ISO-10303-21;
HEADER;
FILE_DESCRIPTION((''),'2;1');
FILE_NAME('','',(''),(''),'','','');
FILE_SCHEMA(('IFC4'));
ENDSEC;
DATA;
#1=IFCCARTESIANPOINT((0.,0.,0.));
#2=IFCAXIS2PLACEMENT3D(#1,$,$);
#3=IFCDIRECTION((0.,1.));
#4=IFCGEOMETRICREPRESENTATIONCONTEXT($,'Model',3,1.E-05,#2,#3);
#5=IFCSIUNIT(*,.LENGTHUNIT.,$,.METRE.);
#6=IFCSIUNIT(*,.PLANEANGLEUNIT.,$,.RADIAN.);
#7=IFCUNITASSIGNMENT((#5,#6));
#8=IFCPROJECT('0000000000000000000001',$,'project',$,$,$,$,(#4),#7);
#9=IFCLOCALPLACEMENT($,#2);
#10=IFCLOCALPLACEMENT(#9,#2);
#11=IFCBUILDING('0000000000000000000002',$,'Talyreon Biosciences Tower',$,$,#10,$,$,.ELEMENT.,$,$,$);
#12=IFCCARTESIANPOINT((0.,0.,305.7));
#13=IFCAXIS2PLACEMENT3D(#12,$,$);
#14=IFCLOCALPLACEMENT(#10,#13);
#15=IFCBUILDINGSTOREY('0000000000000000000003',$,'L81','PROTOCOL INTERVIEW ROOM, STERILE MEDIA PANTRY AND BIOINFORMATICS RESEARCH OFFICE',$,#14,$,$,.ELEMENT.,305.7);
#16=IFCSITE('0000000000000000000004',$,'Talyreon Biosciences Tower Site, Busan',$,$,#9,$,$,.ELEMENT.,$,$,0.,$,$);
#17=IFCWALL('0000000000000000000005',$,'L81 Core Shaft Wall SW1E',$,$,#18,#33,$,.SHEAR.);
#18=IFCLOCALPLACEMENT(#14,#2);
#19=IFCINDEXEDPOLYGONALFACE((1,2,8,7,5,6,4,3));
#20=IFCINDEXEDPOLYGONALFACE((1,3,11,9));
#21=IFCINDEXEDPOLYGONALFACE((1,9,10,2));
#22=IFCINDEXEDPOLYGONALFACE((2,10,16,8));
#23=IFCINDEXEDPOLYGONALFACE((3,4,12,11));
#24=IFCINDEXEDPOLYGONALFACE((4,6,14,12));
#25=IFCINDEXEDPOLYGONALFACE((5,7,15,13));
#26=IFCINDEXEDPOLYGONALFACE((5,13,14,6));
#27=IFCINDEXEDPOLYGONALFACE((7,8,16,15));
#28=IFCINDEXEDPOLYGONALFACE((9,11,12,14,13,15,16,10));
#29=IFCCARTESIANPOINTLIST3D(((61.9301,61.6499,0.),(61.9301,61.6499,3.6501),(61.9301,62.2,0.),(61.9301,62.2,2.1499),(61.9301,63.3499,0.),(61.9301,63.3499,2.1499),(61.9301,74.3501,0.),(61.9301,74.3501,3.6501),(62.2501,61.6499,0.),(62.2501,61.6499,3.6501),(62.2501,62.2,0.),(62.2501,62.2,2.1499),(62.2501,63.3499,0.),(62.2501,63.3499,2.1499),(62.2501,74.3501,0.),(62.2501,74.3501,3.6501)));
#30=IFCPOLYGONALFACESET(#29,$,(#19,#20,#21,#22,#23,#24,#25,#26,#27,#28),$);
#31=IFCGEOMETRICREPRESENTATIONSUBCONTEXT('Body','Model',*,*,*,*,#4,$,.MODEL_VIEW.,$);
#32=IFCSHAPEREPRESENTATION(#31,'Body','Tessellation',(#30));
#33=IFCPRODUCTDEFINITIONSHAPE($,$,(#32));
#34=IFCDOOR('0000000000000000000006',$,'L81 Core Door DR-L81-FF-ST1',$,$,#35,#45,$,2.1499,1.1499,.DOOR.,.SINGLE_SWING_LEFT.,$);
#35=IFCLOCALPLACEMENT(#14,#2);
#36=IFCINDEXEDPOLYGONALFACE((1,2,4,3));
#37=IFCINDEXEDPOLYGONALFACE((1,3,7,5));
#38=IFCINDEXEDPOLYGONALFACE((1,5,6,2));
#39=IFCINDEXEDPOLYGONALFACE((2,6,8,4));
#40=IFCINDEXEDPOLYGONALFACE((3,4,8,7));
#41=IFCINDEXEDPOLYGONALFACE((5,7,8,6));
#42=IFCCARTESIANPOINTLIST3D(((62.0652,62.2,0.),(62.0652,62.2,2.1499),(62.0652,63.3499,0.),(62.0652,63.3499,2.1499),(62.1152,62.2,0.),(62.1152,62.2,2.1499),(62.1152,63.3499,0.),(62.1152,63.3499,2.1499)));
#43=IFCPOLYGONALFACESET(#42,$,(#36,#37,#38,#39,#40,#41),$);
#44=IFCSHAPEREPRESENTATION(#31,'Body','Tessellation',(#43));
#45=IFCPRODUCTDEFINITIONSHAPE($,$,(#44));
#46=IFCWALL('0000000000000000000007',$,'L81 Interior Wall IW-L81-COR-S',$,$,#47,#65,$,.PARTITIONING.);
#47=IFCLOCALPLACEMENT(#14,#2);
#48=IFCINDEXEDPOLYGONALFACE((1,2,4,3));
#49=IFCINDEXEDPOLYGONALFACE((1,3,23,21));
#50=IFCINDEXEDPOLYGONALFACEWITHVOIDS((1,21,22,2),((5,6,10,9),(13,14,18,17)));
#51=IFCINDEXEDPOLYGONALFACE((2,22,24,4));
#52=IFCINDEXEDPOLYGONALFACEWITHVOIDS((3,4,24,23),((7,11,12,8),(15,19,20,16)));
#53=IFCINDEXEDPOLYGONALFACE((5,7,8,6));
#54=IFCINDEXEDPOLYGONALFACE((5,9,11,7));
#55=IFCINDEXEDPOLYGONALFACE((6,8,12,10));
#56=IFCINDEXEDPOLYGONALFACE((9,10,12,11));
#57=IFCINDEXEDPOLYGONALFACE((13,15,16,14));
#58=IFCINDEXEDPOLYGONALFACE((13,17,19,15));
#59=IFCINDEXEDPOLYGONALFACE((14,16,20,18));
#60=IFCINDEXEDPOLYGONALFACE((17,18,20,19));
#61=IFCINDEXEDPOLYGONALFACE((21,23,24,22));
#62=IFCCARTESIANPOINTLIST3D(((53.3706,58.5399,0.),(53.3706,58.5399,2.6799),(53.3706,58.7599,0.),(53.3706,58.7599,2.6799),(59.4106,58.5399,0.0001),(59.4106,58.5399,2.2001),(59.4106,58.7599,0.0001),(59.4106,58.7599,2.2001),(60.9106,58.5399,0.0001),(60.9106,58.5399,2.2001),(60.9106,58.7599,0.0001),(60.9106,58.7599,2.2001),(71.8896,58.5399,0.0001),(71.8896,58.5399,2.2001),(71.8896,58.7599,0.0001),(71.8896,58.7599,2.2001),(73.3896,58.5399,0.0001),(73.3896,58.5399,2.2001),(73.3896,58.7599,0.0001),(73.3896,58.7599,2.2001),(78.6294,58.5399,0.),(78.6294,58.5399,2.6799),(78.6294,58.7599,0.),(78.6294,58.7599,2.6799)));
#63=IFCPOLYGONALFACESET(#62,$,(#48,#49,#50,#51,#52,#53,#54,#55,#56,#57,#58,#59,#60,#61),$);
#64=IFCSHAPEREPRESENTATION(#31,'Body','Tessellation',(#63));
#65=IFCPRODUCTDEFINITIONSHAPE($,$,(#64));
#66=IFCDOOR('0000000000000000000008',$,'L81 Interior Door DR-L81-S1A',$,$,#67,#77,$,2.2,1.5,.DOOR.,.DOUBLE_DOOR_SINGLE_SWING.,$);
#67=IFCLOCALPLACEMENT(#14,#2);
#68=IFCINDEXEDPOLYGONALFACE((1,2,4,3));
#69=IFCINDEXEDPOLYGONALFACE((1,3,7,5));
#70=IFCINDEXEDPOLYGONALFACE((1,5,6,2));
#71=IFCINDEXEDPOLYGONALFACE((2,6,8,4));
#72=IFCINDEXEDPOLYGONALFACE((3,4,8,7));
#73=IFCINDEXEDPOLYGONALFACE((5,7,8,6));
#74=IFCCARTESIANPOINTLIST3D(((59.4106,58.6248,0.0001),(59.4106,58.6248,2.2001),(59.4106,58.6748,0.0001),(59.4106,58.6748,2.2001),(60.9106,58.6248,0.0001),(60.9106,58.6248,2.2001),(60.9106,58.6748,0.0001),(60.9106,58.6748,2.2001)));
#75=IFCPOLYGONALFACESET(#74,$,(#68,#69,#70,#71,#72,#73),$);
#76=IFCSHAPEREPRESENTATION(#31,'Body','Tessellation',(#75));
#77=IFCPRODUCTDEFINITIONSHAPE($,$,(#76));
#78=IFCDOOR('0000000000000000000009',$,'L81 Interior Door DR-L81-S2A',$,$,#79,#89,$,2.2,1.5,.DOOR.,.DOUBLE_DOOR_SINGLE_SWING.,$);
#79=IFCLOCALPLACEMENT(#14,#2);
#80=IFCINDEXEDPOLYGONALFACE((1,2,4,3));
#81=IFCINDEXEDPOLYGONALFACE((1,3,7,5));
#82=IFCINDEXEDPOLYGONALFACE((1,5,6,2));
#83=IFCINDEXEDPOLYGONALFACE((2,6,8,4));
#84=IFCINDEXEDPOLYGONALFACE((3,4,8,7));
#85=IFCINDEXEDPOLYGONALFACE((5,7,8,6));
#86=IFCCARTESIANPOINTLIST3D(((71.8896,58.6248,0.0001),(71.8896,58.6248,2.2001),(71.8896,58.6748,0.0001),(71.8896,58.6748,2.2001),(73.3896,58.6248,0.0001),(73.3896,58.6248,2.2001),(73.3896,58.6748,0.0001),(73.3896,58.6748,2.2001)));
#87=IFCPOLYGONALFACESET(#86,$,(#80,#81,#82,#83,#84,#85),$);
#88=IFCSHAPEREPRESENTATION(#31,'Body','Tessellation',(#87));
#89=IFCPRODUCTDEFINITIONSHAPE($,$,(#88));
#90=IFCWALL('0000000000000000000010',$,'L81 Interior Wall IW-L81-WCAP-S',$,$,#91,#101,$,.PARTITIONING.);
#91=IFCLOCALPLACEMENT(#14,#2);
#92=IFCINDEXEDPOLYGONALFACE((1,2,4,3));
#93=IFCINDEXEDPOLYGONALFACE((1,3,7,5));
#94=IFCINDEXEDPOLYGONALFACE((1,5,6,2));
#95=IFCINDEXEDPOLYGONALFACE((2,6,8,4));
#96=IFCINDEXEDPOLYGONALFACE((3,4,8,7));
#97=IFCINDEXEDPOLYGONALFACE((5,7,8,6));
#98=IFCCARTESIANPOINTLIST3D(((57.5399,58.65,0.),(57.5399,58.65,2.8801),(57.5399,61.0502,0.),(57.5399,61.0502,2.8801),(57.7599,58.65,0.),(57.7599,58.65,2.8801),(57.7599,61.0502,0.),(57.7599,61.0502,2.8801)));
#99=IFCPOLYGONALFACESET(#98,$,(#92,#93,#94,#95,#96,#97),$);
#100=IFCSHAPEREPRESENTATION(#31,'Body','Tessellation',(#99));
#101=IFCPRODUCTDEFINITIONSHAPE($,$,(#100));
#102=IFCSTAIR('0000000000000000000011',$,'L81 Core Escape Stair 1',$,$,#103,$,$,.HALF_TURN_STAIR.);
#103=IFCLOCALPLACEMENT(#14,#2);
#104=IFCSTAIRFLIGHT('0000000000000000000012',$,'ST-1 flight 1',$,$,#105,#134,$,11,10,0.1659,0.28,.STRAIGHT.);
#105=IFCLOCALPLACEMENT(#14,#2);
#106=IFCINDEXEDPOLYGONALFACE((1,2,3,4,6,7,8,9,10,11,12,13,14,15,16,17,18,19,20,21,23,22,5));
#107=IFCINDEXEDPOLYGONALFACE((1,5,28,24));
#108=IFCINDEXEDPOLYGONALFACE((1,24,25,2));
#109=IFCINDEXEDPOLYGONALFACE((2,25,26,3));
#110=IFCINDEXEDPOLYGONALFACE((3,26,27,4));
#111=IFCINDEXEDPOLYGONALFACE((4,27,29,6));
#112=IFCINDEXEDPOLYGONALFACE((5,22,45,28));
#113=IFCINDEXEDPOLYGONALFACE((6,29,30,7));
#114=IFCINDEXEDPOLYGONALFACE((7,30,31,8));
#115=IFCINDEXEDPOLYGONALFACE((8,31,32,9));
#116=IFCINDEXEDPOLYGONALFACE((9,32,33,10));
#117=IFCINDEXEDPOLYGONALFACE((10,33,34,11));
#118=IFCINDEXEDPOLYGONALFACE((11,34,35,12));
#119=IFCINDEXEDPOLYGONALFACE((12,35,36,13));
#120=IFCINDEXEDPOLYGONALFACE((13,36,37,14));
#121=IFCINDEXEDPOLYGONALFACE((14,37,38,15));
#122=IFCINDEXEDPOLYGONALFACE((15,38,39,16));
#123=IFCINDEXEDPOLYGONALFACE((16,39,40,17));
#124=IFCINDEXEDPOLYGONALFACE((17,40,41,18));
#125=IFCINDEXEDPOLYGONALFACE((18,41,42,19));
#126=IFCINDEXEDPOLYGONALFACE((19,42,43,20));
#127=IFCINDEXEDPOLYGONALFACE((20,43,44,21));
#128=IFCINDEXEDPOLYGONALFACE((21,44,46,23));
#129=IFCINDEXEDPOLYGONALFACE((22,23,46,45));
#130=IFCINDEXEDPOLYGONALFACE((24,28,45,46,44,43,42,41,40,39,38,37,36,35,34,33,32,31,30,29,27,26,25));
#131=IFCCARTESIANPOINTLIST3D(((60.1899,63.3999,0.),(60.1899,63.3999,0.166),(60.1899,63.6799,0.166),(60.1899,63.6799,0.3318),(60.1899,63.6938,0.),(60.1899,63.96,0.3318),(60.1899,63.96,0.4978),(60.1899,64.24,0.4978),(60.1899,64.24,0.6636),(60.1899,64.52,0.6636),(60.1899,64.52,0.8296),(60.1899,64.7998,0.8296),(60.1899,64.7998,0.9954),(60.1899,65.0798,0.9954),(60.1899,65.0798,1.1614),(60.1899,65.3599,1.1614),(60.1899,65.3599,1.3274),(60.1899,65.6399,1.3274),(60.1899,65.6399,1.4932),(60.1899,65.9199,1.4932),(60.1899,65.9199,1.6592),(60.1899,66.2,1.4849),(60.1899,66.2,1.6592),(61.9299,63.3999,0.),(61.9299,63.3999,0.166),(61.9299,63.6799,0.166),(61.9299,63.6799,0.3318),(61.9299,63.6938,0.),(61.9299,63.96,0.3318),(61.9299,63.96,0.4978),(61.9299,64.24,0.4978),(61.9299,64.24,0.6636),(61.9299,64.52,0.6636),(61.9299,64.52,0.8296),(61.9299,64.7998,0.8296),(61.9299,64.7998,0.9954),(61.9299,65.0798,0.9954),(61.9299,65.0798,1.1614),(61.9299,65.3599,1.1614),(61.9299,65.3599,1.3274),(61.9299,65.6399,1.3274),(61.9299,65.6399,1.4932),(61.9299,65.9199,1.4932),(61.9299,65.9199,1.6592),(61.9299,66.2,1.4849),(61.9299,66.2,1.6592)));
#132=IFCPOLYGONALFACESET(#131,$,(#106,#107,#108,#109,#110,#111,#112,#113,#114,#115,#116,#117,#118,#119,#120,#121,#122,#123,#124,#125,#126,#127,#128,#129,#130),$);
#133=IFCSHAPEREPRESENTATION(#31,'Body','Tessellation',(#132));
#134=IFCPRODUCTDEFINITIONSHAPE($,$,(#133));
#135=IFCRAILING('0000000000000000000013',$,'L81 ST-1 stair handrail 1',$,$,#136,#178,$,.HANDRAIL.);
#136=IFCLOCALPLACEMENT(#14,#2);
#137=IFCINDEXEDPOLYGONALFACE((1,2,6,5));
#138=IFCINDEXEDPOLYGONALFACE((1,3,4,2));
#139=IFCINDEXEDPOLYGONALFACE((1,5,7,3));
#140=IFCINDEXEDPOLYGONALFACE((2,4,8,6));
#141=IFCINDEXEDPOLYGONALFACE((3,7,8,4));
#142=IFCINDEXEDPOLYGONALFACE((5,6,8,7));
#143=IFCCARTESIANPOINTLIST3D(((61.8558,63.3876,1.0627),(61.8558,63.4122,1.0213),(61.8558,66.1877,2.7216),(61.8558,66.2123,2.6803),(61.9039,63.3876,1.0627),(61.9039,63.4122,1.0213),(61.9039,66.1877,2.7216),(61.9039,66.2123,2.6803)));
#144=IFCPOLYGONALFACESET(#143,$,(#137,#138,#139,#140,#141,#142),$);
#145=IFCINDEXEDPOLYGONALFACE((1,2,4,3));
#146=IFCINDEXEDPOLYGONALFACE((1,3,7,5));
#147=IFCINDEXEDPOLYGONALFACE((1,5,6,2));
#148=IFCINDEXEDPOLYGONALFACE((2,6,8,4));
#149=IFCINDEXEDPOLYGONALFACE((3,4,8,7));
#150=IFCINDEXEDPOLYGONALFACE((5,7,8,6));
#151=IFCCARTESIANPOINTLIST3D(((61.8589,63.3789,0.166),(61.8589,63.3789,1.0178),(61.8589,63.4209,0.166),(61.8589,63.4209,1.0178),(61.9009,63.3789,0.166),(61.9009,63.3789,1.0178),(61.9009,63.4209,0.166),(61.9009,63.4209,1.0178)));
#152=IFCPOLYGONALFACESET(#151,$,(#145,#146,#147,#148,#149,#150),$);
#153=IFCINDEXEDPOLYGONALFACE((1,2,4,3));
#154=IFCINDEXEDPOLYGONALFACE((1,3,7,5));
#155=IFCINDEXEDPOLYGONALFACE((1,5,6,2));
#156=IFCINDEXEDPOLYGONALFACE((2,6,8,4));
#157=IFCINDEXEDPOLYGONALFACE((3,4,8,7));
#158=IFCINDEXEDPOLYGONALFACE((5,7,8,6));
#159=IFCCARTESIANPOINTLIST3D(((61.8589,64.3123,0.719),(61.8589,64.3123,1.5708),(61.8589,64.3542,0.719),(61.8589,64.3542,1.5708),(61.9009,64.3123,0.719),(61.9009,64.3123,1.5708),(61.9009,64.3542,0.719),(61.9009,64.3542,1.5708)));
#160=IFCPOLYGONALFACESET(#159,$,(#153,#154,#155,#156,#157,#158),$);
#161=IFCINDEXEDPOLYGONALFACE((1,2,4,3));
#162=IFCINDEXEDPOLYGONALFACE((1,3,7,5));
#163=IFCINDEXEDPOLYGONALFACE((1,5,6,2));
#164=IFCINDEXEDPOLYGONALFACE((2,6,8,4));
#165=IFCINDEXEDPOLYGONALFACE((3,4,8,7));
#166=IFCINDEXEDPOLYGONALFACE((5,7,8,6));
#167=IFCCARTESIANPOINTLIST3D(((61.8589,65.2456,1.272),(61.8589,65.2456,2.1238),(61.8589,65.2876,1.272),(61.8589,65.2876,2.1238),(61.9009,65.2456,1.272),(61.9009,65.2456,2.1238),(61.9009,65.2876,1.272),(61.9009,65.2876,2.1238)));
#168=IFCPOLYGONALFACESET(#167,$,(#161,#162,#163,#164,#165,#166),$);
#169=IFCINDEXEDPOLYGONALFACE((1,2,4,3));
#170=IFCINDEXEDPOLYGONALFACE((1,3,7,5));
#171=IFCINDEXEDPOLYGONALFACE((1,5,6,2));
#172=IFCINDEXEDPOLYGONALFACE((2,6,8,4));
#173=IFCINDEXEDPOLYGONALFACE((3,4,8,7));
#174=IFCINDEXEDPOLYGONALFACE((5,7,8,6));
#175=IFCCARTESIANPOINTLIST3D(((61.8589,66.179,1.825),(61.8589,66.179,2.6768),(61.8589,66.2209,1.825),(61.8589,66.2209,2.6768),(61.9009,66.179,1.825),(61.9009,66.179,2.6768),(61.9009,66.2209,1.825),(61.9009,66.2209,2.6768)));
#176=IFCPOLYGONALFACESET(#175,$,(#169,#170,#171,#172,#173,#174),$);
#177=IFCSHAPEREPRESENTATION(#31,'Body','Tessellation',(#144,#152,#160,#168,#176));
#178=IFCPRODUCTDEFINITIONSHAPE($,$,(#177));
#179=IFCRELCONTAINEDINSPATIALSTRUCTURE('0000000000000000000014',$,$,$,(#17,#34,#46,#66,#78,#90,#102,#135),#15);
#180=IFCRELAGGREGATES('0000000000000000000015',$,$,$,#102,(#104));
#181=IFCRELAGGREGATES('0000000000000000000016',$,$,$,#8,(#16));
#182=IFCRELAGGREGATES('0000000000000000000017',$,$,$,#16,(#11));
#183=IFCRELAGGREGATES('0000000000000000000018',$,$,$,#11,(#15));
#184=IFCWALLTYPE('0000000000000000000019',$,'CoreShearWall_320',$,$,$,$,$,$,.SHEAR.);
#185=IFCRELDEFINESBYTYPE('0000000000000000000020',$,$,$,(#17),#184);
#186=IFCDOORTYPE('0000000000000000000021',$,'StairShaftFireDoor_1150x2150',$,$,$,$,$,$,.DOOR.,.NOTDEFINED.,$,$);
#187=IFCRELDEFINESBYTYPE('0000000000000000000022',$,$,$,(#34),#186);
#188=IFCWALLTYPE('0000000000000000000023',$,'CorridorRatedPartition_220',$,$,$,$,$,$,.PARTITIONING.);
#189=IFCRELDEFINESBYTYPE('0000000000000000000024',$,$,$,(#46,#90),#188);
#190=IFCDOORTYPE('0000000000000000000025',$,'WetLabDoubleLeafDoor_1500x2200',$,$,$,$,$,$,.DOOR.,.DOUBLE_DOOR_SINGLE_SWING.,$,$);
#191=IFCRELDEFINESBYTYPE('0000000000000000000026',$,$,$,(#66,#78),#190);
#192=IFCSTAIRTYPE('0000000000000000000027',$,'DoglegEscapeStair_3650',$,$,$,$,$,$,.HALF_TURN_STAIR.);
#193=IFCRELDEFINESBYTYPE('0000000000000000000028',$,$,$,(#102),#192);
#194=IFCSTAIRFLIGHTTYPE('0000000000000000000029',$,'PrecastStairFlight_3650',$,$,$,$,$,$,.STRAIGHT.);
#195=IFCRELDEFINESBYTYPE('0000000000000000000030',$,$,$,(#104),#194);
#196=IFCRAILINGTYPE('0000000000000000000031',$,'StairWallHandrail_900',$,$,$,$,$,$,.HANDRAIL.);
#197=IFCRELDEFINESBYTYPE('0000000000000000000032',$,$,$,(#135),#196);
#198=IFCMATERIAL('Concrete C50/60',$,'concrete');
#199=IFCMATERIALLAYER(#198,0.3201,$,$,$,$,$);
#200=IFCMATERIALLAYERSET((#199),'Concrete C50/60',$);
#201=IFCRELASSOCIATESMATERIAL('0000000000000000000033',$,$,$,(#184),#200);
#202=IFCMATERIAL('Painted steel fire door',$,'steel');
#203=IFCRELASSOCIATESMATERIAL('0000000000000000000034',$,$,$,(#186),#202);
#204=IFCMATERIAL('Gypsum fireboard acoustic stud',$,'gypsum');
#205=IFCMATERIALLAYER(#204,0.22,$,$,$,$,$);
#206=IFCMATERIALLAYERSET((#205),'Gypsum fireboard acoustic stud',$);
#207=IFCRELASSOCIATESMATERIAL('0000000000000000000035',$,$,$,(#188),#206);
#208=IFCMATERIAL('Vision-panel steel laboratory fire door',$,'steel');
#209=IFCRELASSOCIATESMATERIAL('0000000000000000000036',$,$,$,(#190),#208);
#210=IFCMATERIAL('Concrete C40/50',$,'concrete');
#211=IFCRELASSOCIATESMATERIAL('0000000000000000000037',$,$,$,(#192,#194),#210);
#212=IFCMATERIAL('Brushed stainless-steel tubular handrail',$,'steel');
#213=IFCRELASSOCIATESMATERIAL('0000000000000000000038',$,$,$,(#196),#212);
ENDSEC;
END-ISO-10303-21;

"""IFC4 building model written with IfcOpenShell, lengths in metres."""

from ifc_helpers import new_model, si_unit, direction, frame, frame_2d, origin, origin_2d, place, context, subcontext, project, spatial, polyline, rectangle, outline, extrude, material, layer, layer_set, type_object, element, fill, aggregate, save


model = new_model("IFC4")

# Units and contexts
model_context = context("Model", 3, precision=1e-05, world=origin(), true_north=direction((0.0, 1.0)))
body_context = subcontext(model_context, "Body", "Model", "MODEL_VIEW")
ifc_project = project(units=[si_unit("LENGTHUNIT", "METRE"), si_unit("PLANEANGLEUNIT", "RADIAN")], contexts=[model_context])

# Site, building, storey
site_placement = place(None, origin())
site = spatial("IfcSite", under=ifc_project, at=site_placement, Name="Talyreon Biosciences Tower Site, Busan", CompositionType="ELEMENT", RefElevation=0.0)
building_placement = place(site_placement, origin())
building = spatial("IfcBuilding", under=site, at=building_placement, Name="Talyreon Biosciences Tower", CompositionType="ELEMENT")
storey_placement = place(building_placement, frame((0.0, 0.0, 305.7)))
storey = spatial("IfcBuildingStorey", under=building, at=storey_placement, Name="L81", Description="PROTOCOL INTERVIEW ROOM, STERILE MEDIA PANTRY AND BIOINFORMATICS RESEARCH OFFICE", CompositionType="ELEMENT", Elevation=305.7)

# Shared definitions
ifc_material_1 = material(Name="Concrete C50/60", Category="concrete")

# Wall, opening, door
ifc_layer_1 = layer(ifc_material_1, 0.3201)
ifc_layer_set_1 = layer_set([ifc_layer_1], Name="Concrete C50/60")
wall_type_1 = type_object("IfcWallType", Name="CoreShearWall_320", PredefinedType="SHEAR", material=ifc_layer_set_1)
wall_1_placement = place(storey_placement, frame((62.0901, 61.6499, 0.0), z_axis=(0.0, 0.0, 1.0), x_axis=(0.0, 1.0, 0.0)))
wall_1 = element("IfcWall", 1, at=wall_1_placement, inside=storey, type_object=wall_type_1, Name="L81 Core Shaft Wall SW1E", PredefinedType="SHEAR", context=body_context, shape_type="SweptSolid", body=[
    extrude(rectangle(XDim=12.7002, YDim=0.3201, at=frame_2d((6.3501, 0.0))), origin(), (0.0, 0.0, 1.0), 3.6501),
])
opening_1_placement = place(wall_1_placement, frame((0.55, 0.0, 0.0)))
opening_1 = element("IfcOpeningElement", 2, at=opening_1_placement, cuts=wall_1, PredefinedType="OPENING", context=body_context, shape_type="SweptSolid", body=[
    extrude(rectangle(XDim=1.1499, YDim=2.1499, at=frame_2d((0.575, 1.075))), frame((0.0, 0.1699, 0.0), z_axis=(0.0, -1.0, 0.0), x_axis=(1.0, 0.0, 0.0)), (0.0, 0.0, 1.0), 0.3401),
])
ifc_material_2 = material(Name="Painted steel fire door", Category="steel")
door_type_1 = type_object("IfcDoorType", Name="StairShaftFireDoor_1150x2150", OperationType="NOTDEFINED", PredefinedType="DOOR", material=ifc_material_2)
door_1_placement = place(opening_1_placement, origin())
door_1 = element("IfcDoor", 3, at=door_1_placement, inside=storey, type_object=door_type_1, Name="L81 Core Door DR-L81-FF-ST1", OperationType="SINGLE_SWING_LEFT", OverallHeight=2.1499, OverallWidth=1.1499, PredefinedType="DOOR", context=body_context, shape_type="SweptSolid", body=[
    extrude(rectangle(XDim=1.1499, YDim=2.1499, at=frame_2d((0.575, 1.075))), frame((0.0, 0.0249, 0.0), z_axis=(0.0, -1.0, 0.0), x_axis=(1.0, 0.0, 0.0)), (0.0, 0.0, 1.0), 0.05),
])
fill(opening_1, door_1)

# Wall, openings, doors
ifc_material_3 = material(Name="Gypsum fireboard acoustic stud", Category="gypsum")
ifc_layer_2 = layer(ifc_material_3, 0.22)
ifc_layer_set_2 = layer_set([ifc_layer_2], Name="Gypsum fireboard acoustic stud")
wall_type_2 = type_object("IfcWallType", Name="CorridorRatedPartition_220", PredefinedType="PARTITIONING", material=ifc_layer_set_2)
wall_2_placement = place(storey_placement, frame((53.3706, 58.6499, 0.0), z_axis=(0.0, 0.0, 1.0), x_axis=(1.0, 0.0, 0.0)))
wall_2 = element("IfcWall", 4, at=wall_2_placement, inside=storey, type_object=wall_type_2, Name="L81 Interior Wall IW-L81-COR-S", PredefinedType="PARTITIONING", context=body_context, shape_type="SweptSolid", body=[
    extrude(rectangle(XDim=25.2588, YDim=0.22, at=frame_2d((12.6294, 0.0))), origin(), (0.0, 0.0, 1.0), 2.6799),
])
opening_2_placement = place(wall_2_placement, frame((6.04, 0.0, 0.0)))
opening_2 = element("IfcOpeningElement", 5, at=opening_2_placement, cuts=wall_2, PredefinedType="OPENING", context=body_context, shape_type="SweptSolid", body=[
    extrude(rectangle(XDim=1.5, YDim=2.2, at=frame_2d((0.75, 1.1001))), frame((0.0, 0.1199, 0.0), z_axis=(0.0, -1.0, 0.0), x_axis=(1.0, 0.0, 0.0)), (0.0, 0.0, 1.0), 0.24),
])
opening_3_placement = place(wall_2_placement, frame((18.519, 0.0, 0.0)))
opening_3 = element("IfcOpeningElement", 6, at=opening_3_placement, cuts=wall_2, PredefinedType="OPENING", context=body_context, shape_type="SweptSolid", body=[
    extrude(rectangle(XDim=1.5, YDim=2.2, at=frame_2d((0.75, 1.1001))), frame((0.0, 0.1199, 0.0), z_axis=(0.0, -1.0, 0.0), x_axis=(1.0, 0.0, 0.0)), (0.0, 0.0, 1.0), 0.24),
])
ifc_material_4 = material(Name="Vision-panel steel laboratory fire door", Category="steel")
door_type_2 = type_object("IfcDoorType", Name="WetLabDoubleLeafDoor_1500x2200", OperationType="DOUBLE_DOOR_SINGLE_SWING", PredefinedType="DOOR", material=ifc_material_4)
door_2_placement = place(opening_2_placement, origin())
door_2 = element("IfcDoor", 7, at=door_2_placement, inside=storey, type_object=door_type_2, Name="L81 Interior Door DR-L81-S1A", OperationType="DOUBLE_DOOR_SINGLE_SWING", OverallHeight=2.2, OverallWidth=1.5, PredefinedType="DOOR", context=body_context, shape_type="SweptSolid", body=[
    extrude(rectangle(XDim=1.5, YDim=2.2, at=frame_2d((0.75, 1.1001))), frame((0.0, 0.0249, 0.0), z_axis=(0.0, -1.0, 0.0), x_axis=(1.0, 0.0, 0.0)), (0.0, 0.0, 1.0), 0.05),
])
fill(opening_2, door_2)
door_3_placement = place(opening_3_placement, origin())
door_3 = element("IfcDoor", 8, at=door_3_placement, inside=storey, type_object=door_type_2, Name="L81 Interior Door DR-L81-S2A", OperationType="DOUBLE_DOOR_SINGLE_SWING", OverallHeight=2.2, OverallWidth=1.5, PredefinedType="DOOR", context=body_context, shape_type="SweptSolid", body=[
    extrude(rectangle(XDim=1.5, YDim=2.2, at=frame_2d((0.75, 1.1001))), frame((0.0, 0.0249, 0.0), z_axis=(0.0, -1.0, 0.0), x_axis=(1.0, 0.0, 0.0)), (0.0, 0.0, 1.0), 0.05),
])
fill(opening_3, door_3)

# Wall
wall_3_placement = place(storey_placement, frame((57.6499, 58.6499, 0.0), z_axis=(0.0, 0.0, 1.0), x_axis=(0.0, 1.0, 0.0)))
element("IfcWall", 9, at=wall_3_placement, inside=storey, type_object=wall_type_2, Name="L81 Interior Wall IW-L81-WCAP-S", PredefinedType="PARTITIONING", context=body_context, shape_type="SweptSolid", body=[
    extrude(rectangle(XDim=2.4001, YDim=0.22, at=frame_2d((1.2002, 0.0))), origin(), (0.0, 0.0, 1.0), 2.8801),
])

# Stair, stair flight
ifc_material_5 = material(Name="Concrete C40/50", Category="concrete")
stair_type = type_object("IfcStairType", Name="DoglegEscapeStair_3650", PredefinedType="HALF_TURN_STAIR", material=ifc_material_5)
stair_placement = place(storey_placement, origin())
stair = element("IfcStair", 10, at=stair_placement, inside=storey, type_object=stair_type, Name="L81 Core Escape Stair 1", PredefinedType="HALF_TURN_STAIR")
stair_flight_type = type_object("IfcStairFlightType", Name="PrecastStairFlight_3650", PredefinedType="STRAIGHT", material=ifc_material_5)
stair_flight_placement = place(storey_placement, frame((61.0601, 63.3999, 0.0), z_axis=(0.0, 0.0, 1.0), x_axis=(0.0, 1.0, 0.0)))
stair_flight = element("IfcStairFlight", 11, at=stair_flight_placement, type_object=stair_flight_type, Name="ST-1 flight 1", NumberOfRisers=11, NumberOfTreads=10, PredefinedType="STRAIGHT", RiserHeight=0.1659, TreadLength=0.28, context=body_context, shape_type="SweptSolid", body=[
    extrude(outline(polyline([(0.0, 0.0), (0.0, 0.166), (0.28, 0.166), (0.28, 0.3318), (0.5601, 0.3318), (0.5601, 0.4978), (0.8401, 0.4978), (0.8401, 0.6636), (1.1201, 0.6636), (1.1201, 0.8296), (1.3999, 0.8296), (1.3999, 0.9954), (1.6799, 0.9954), (1.6799, 1.1614), (1.96, 1.1614), (1.96, 1.3274), (2.24, 1.3274), (2.24, 1.4932), (2.52, 1.4932), (2.52, 1.6592), (2.8, 1.6592), (2.8, 1.825), (2.8, 1.4849), (0.2939, 0.0), (0.0, 0.0)])), frame((0.0, 0.8701, 0.0), z_axis=(0.0, -1.0, 0.0), x_axis=(1.0, 0.0, 0.0)), (0.0, 0.0, 1.0), 1.74),
])
aggregate(stair, [stair_flight])

# Railing
ifc_material_6 = material(Name="Brushed stainless-steel tubular handrail", Category="steel")
railing_type_1 = type_object("IfcRailingType", Name="StairWallHandrail_900", PredefinedType="HANDRAIL", material=ifc_material_6)
railing_1_placement = place(storey_placement, frame((61.8799, 63.3999, 0.166)))
element("IfcRailing", 12, at=railing_1_placement, inside=storey, type_object=railing_type_1, Name="L81 ST-1 stair handrail 1", PredefinedType="HANDRAIL", context=body_context, shape_type="SweptSolid", body=[
    extrude(rectangle(XDim=0.0481, YDim=0.0481, at=origin_2d()), frame((0.0, 0.0, 0.876), z_axis=(0.0, 0.860339, 0.509722), x_axis=(-1.0, 0.0, 0.0)), (0.0, 0.0, 1.0), 3.2546),
    extrude(rectangle(XDim=0.042, YDim=0.042, at=origin_2d()), origin(), (0.0, 0.0, 1.0), 0.8518),
    extrude(rectangle(XDim=0.042, YDim=0.042, at=origin_2d()), frame((0.0, 0.9333, 0.553)), (0.0, 0.0, 1.0), 0.8518),
    extrude(rectangle(XDim=0.042, YDim=0.042, at=origin_2d()), frame((0.0, 1.8667, 1.106)), (0.0, 0.0, 1.0), 0.8518),
    extrude(rectangle(XDim=0.042, YDim=0.042, at=origin_2d()), frame((0.0, 2.8, 1.6589)), (0.0, 0.0, 1.0), 0.8518),
])

save(model, "model.ifc")
